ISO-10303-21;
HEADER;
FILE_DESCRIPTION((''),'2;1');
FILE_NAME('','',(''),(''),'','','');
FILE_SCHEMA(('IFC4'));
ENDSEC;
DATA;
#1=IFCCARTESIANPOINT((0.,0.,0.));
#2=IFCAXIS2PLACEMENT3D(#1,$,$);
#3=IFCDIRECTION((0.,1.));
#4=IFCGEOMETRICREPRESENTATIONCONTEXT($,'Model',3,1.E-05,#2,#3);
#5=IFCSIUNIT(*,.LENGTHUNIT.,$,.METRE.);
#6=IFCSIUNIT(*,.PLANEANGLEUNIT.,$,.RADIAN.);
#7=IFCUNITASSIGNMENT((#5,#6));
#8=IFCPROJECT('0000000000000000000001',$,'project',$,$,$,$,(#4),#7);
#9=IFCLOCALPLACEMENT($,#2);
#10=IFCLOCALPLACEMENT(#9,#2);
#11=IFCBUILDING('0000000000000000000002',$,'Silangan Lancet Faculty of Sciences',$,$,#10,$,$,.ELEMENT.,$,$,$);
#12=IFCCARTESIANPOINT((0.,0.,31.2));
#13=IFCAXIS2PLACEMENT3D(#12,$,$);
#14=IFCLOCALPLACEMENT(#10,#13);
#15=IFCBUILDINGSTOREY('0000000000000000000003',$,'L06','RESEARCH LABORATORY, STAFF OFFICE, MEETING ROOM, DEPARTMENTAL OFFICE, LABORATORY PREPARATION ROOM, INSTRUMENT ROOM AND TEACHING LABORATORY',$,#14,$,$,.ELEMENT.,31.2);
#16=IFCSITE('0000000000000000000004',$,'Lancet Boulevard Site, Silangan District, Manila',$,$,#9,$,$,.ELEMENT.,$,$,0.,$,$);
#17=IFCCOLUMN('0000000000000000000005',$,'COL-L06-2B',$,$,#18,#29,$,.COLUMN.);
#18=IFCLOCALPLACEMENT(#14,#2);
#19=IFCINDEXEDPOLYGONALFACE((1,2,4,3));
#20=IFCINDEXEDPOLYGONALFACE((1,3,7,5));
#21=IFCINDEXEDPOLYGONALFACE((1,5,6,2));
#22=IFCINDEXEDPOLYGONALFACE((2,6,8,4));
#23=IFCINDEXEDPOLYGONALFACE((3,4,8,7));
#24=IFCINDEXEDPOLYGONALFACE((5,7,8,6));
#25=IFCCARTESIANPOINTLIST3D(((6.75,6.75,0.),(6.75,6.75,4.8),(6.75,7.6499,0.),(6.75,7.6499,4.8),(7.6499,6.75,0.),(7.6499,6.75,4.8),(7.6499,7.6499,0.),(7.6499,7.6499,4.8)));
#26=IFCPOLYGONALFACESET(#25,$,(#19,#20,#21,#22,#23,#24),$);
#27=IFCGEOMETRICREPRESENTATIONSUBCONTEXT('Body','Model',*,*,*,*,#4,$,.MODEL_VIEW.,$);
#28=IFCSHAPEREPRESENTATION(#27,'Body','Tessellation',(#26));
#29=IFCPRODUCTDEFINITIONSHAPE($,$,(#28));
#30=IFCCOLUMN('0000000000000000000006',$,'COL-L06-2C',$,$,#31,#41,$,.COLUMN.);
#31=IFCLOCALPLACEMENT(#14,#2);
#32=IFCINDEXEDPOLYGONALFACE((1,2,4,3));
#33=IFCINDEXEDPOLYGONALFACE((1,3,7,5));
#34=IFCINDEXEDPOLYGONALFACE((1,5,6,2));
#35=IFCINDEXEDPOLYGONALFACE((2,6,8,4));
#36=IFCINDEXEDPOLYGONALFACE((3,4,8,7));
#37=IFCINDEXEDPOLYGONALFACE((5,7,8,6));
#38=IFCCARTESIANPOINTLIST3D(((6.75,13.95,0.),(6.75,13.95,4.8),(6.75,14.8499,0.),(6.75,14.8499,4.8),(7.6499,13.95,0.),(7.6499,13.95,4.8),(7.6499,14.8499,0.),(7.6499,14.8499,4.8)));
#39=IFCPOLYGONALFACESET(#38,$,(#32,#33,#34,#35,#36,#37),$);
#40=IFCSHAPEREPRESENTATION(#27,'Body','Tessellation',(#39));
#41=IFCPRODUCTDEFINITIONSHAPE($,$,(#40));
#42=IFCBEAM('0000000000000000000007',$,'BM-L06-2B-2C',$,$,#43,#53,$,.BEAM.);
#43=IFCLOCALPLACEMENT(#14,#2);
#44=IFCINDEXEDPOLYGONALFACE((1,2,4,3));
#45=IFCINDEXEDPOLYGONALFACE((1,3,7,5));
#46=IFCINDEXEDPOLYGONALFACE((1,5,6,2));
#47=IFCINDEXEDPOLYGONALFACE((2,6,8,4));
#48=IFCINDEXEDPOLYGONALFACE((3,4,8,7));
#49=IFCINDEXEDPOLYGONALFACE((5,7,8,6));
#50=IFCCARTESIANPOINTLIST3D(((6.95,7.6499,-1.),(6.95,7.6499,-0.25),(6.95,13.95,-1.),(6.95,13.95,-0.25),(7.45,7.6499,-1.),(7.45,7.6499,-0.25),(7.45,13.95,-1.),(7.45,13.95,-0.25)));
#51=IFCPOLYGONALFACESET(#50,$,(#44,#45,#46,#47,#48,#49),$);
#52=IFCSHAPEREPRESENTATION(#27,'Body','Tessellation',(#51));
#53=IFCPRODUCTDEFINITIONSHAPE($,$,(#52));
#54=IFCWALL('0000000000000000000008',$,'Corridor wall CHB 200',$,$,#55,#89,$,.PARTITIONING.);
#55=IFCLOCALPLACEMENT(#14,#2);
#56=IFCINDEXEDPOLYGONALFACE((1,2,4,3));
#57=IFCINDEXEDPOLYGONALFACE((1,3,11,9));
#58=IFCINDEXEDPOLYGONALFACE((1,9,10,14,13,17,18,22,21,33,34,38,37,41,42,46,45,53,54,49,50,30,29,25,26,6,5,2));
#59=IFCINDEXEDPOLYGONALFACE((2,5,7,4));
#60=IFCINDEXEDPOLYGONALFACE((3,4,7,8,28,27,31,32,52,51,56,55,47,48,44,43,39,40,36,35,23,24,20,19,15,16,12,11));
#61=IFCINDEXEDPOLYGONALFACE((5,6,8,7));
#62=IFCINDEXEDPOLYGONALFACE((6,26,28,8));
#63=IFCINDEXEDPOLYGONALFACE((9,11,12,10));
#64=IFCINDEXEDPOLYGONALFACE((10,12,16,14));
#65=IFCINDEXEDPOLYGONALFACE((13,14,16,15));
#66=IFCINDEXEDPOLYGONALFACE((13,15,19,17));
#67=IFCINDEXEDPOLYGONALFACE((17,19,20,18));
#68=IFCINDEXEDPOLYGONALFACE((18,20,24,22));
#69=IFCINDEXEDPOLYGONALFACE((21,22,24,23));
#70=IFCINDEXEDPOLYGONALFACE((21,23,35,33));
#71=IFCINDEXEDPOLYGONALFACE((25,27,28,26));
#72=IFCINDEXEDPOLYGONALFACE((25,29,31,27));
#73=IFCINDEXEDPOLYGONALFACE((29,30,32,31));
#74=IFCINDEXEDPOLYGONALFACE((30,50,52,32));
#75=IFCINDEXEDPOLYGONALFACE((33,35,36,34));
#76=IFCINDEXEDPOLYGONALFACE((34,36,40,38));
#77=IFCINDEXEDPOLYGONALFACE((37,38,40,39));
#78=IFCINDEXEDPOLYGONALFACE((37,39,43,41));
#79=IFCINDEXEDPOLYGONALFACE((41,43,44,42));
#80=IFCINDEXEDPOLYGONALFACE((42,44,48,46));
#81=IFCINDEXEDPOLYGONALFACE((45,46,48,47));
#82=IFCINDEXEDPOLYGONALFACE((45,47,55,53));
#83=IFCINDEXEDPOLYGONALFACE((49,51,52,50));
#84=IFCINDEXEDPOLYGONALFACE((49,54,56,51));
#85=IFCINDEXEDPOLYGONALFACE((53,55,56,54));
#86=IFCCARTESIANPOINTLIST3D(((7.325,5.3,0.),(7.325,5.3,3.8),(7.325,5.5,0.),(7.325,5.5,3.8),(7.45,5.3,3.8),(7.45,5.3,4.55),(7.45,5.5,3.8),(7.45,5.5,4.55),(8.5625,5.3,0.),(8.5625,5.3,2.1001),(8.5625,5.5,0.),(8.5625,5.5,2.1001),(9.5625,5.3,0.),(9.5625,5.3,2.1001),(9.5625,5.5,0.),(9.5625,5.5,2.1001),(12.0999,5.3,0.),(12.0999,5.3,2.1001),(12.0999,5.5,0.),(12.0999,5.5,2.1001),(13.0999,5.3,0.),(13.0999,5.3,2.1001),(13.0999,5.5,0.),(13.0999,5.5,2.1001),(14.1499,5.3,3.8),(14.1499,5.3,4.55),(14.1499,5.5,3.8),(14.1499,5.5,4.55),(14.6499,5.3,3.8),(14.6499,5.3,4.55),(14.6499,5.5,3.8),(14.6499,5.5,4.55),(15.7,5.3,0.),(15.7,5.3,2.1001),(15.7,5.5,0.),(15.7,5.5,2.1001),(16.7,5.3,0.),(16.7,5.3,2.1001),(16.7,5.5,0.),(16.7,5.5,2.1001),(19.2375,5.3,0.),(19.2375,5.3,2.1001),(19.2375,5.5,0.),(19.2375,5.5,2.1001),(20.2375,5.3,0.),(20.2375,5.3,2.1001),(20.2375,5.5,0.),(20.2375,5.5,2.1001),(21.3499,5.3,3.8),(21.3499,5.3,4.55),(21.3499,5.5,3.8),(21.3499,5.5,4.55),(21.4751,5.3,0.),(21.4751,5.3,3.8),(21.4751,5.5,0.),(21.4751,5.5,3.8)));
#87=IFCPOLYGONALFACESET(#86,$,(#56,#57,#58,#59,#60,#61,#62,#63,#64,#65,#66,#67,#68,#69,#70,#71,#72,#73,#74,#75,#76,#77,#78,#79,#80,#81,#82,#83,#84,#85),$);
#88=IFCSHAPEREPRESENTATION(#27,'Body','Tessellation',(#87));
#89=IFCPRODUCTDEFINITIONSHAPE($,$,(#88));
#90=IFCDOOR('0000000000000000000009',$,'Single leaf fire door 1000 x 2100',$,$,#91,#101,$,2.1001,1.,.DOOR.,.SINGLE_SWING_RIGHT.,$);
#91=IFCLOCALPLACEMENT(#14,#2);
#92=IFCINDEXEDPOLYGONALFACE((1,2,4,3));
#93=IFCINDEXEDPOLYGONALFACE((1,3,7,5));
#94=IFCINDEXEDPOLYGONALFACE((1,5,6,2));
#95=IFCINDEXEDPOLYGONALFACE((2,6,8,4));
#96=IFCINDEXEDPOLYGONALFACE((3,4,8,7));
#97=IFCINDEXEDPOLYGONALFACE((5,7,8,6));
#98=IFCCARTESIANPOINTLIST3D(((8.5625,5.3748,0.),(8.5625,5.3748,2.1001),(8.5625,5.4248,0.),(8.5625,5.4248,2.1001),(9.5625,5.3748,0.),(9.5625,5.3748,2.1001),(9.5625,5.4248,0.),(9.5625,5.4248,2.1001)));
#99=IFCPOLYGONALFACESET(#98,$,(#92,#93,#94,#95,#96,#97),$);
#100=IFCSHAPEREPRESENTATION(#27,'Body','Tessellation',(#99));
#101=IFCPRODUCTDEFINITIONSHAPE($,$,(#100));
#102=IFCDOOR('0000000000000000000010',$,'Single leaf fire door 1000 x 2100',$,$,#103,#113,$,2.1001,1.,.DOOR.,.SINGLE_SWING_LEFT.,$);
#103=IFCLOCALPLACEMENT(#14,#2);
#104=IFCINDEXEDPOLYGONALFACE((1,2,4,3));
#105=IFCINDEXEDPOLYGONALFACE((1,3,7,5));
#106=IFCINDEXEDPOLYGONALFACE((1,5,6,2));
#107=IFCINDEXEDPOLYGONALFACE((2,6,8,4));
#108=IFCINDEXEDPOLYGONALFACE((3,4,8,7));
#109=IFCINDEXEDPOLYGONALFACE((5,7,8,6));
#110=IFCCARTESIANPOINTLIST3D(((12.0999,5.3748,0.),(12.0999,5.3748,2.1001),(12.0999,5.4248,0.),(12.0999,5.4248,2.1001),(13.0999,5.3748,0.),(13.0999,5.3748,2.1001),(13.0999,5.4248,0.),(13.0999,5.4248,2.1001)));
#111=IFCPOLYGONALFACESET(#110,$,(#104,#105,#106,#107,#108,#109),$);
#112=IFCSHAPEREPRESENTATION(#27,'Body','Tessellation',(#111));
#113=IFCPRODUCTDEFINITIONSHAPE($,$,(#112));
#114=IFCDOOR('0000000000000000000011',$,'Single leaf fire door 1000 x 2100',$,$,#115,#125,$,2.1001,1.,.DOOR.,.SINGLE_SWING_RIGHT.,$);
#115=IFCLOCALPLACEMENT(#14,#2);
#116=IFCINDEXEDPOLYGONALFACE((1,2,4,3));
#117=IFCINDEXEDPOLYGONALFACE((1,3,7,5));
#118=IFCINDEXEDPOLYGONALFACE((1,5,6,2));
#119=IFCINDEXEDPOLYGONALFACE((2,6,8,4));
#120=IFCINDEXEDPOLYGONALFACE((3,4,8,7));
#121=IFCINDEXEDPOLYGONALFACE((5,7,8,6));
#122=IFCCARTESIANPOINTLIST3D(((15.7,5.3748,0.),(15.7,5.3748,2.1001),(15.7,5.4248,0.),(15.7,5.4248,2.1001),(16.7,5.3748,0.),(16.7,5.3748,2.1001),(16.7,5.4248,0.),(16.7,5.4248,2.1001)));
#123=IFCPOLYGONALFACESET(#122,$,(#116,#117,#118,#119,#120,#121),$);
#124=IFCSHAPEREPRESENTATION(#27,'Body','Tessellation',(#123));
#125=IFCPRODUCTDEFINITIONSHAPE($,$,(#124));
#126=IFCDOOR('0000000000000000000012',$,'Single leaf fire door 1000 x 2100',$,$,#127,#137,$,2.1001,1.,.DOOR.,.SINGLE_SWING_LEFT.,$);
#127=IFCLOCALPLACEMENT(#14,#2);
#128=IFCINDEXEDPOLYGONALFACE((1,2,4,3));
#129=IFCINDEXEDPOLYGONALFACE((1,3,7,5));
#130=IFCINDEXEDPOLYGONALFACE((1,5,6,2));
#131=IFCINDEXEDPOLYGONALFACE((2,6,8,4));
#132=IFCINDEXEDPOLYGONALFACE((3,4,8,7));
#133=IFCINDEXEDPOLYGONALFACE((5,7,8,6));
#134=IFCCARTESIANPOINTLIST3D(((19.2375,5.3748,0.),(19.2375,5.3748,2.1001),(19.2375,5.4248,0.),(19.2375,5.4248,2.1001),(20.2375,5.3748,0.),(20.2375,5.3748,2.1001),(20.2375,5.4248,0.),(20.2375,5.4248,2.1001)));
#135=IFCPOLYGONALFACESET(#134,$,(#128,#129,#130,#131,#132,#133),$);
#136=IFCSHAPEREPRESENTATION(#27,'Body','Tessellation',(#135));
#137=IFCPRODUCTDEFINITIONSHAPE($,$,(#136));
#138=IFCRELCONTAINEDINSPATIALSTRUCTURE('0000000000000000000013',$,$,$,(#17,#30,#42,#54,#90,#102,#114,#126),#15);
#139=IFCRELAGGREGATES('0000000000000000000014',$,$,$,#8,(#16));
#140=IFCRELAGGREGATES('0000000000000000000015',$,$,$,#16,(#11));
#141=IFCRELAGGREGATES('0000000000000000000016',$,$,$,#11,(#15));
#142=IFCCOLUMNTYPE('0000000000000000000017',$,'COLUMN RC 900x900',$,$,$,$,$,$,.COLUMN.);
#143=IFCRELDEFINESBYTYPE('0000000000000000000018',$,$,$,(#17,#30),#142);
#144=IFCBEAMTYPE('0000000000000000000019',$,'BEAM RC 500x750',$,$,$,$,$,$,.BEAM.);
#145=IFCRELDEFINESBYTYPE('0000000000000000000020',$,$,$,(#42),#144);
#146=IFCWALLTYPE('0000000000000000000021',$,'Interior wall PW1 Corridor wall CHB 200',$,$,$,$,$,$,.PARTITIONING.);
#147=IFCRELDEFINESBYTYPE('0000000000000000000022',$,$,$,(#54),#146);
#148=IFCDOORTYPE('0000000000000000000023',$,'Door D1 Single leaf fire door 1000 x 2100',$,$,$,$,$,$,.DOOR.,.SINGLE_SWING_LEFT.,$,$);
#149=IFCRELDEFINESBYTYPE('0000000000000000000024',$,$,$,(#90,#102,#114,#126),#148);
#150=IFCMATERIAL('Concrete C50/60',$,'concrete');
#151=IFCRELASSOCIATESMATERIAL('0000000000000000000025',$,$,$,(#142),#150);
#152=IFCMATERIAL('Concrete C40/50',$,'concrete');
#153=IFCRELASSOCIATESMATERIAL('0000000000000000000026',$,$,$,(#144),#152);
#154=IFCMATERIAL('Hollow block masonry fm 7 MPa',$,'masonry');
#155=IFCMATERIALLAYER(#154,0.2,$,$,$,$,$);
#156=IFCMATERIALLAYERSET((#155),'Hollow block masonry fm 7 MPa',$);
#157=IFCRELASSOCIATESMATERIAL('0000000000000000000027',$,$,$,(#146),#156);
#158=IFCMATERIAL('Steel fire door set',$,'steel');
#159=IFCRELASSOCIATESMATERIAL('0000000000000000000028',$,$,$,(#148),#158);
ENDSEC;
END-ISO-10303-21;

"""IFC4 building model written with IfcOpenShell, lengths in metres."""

from ifc_helpers import new_model, si_unit, direction, frame, frame_2d, origin, origin_2d, place, context, subcontext, project, spatial, polyline, rectangle, outline, extrude, material, layer, layer_set, material_profile, profile_set, type_object, element, fill, save


model = new_model("IFC4")

# Units and contexts
model_context = context("Model", 3, precision=1e-05, world=origin(), true_north=direction((0.0, 1.0)))
body_context = subcontext(model_context, "Body", "Model", "MODEL_VIEW")
ifc_project = project(units=[si_unit("LENGTHUNIT", "METRE"), si_unit("PLANEANGLEUNIT", "RADIAN")], contexts=[model_context])

# Site, building, storey
site_placement = place(None, origin())
site = spatial("IfcSite", under=ifc_project, at=site_placement, Name="Lancet Boulevard Site, Silangan District, Manila", CompositionType="ELEMENT", RefElevation=0.0)
building_placement = place(site_placement, origin())
building = spatial("IfcBuilding", under=site, at=building_placement, Name="Silangan Lancet Faculty of Sciences", CompositionType="ELEMENT")
storey_placement = place(building_placement, frame((0.0, 0.0, 31.2)))
storey = spatial("IfcBuildingStorey", under=building, at=storey_placement, Name="L06", Description="RESEARCH LABORATORY, STAFF OFFICE, MEETING ROOM, DEPARTMENTAL OFFICE, LABORATORY PREPARATION ROOM, INSTRUMENT ROOM AND TEACHING LABORATORY", CompositionType="ELEMENT", Elevation=31.2)

# Columns
ifc_material_1 = material(Name="Concrete C50/60", Category="concrete")
ifc_material_profile_1 = material_profile(ifc_material_1, rectangle(XDim=0.8999, YDim=0.8999, at=origin_2d()), Name="RC 900x900")
ifc_profile_set_1 = profile_set([ifc_material_profile_1], Name="Concrete C50/60")
column_type = type_object("IfcColumnType", Name="COLUMN RC 900x900", PredefinedType="COLUMN", material=ifc_profile_set_1)
for number, where, z_axis, x_axis, name in (
    (1, (7.2, 7.2, 0.0), (0.0, 0.0, 1.0), (1.0, 0.0, 0.0), "COL-L06-2B"),
    (2, (7.2, 14.3999, 0.0), (0.0, 0.0, 1.0), (1.0, 0.0, 0.0), "COL-L06-2C"),
):
    element("IfcColumn", number, at=place(storey_placement, frame(where, z_axis=z_axis, x_axis=x_axis)), inside=storey, type_object=column_type, Name=name, PredefinedType="COLUMN", context=body_context, shape_type="SweptSolid", body=[
        extrude(rectangle(XDim=0.8999, YDim=0.8999, at=origin_2d()), origin(), (0.0, 0.0, 1.0), 4.8),
    ])

# Beam
ifc_material_2 = material(Name="Concrete C40/50", Category="concrete")
ifc_material_profile_2 = material_profile(ifc_material_2, rectangle(XDim=0.5, YDim=0.75, at=origin_2d()), Name="RC 500x750")
ifc_profile_set_2 = profile_set([ifc_material_profile_2], Name="Concrete C40/50")
beam_type = type_object("IfcBeamType", Name="BEAM RC 500x750", PredefinedType="BEAM", material=ifc_profile_set_2)
beam_placement = place(storey_placement, frame((7.2, 7.6499, -0.625), z_axis=(0.0, 1.0, 0.0), x_axis=(-1.0, 0.0, 0.0)))
element("IfcBeam", 3, at=beam_placement, inside=storey, type_object=beam_type, Name="BM-L06-2B-2C", PredefinedType="BEAM", context=body_context, shape_type="SweptSolid", body=[
    extrude(rectangle(XDim=0.5, YDim=0.75, at=origin_2d()), origin(), (0.0, 0.0, 1.0), 6.3),
])

# Wall, openings, doors
ifc_material_3 = material(Name="Hollow block masonry fm 7 MPa", Category="masonry")
ifc_layer_1 = layer(ifc_material_3, 0.2)
ifc_layer_set_1 = layer_set([ifc_layer_1], Name="Hollow block masonry fm 7 MPa")
wall_type_1 = type_object("IfcWallType", Name="Interior wall PW1 Corridor wall CHB 200", PredefinedType="PARTITIONING", material=ifc_layer_set_1)
wall_1_placement = place(storey_placement, frame((7.325, 5.3999, 0.0), z_axis=(0.0, 0.0, 1.0), x_axis=(1.0, 0.0, 0.0)))
wall_1 = element("IfcWall", 4, at=wall_1_placement, inside=storey, type_object=wall_type_1, Name="Corridor wall CHB 200", PredefinedType="PARTITIONING", context=body_context, shape_type="SweptSolid", body=[
    extrude(outline(polyline([(0.0, 0.0), (14.1501, 0.0), (14.1501, 3.8), (14.0249, 3.8), (14.0249, 4.55), (7.325, 4.55), (7.325, 3.8), (6.825, 3.8), (6.825, 4.55), (0.125, 4.55), (0.125, 3.8), (0.0, 3.8), (0.0, 0.0)])), frame((0.0, 0.1001, 0.0), z_axis=(0.0, -1.0, 0.0), x_axis=(1.0, 0.0, 0.0)), (0.0, 0.0, 1.0), 0.2),
])
opening_1_placement = place(wall_1_placement, frame((1.2375, 0.0, 0.0)))
opening_1 = element("IfcOpeningElement", 5, at=opening_1_placement, cuts=wall_1, PredefinedType="OPENING", context=body_context, shape_type="SweptSolid", body=[
    extrude(rectangle(XDim=1.0, YDim=2.1001, at=frame_2d((0.5, 1.05))), frame((0.0, 0.1099, 0.0), z_axis=(0.0, -1.0, 0.0), x_axis=(1.0, 0.0, 0.0)), (0.0, 0.0, 1.0), 0.22),
])
opening_2_placement = place(wall_1_placement, frame((4.7749, 0.0, 0.0)))
opening_2 = element("IfcOpeningElement", 6, at=opening_2_placement, cuts=wall_1, PredefinedType="OPENING", context=body_context, shape_type="SweptSolid", body=[
    extrude(rectangle(XDim=1.0, YDim=2.1001, at=frame_2d((0.5, 1.05))), frame((0.0, 0.1099, 0.0), z_axis=(0.0, -1.0, 0.0), x_axis=(1.0, 0.0, 0.0)), (0.0, 0.0, 1.0), 0.22),
])
opening_3_placement = place(wall_1_placement, frame((8.375, 0.0, 0.0)))
opening_3 = element("IfcOpeningElement", 7, at=opening_3_placement, cuts=wall_1, PredefinedType="OPENING", context=body_context, shape_type="SweptSolid", body=[
    extrude(rectangle(XDim=1.0, YDim=2.1001, at=frame_2d((0.5, 1.05))), frame((0.0, 0.1099, 0.0), z_axis=(0.0, -1.0, 0.0), x_axis=(1.0, 0.0, 0.0)), (0.0, 0.0, 1.0), 0.22),
])
opening_4_placement = place(wall_1_placement, frame((11.9126, 0.0, 0.0)))
opening_4 = element("IfcOpeningElement", 8, at=opening_4_placement, cuts=wall_1, PredefinedType="OPENING", context=body_context, shape_type="SweptSolid", body=[
    extrude(rectangle(XDim=1.0, YDim=2.1001, at=frame_2d((0.5, 1.05))), frame((0.0, 0.1099, 0.0), z_axis=(0.0, -1.0, 0.0), x_axis=(1.0, 0.0, 0.0)), (0.0, 0.0, 1.0), 0.22),
])
ifc_material_4 = material(Name="Steel fire door set", Category="steel")
door_type_1 = type_object("IfcDoorType", Name="Door D1 Single leaf fire door 1000 x 2100", OperationType="SINGLE_SWING_LEFT", PredefinedType="DOOR", material=ifc_material_4)
door_1_placement = place(opening_1_placement, frame((1.0, 0.0, 0.0), z_axis=(0.0, 0.0, 1.0), x_axis=(-1.0, 0.0, 0.0)))
door_1 = element("IfcDoor", 9, at=door_1_placement, inside=storey, type_object=door_type_1, Name="Single leaf fire door 1000 x 2100", OperationType="SINGLE_SWING_RIGHT", OverallHeight=2.1001, OverallWidth=1.0, PredefinedType="DOOR", context=body_context, shape_type="SweptSolid", body=[
    extrude(rectangle(XDim=1.0, YDim=2.1001, at=frame_2d((0.5, 1.05))), frame((0.0, 0.0251, 0.0), z_axis=(0.0, -1.0, 0.0), x_axis=(1.0, 0.0, 0.0)), (0.0, 0.0, 1.0), 0.05),
])
fill(opening_1, door_1)
door_2_placement = place(opening_2_placement, frame((1.0, 0.0, 0.0), z_axis=(0.0, 0.0, 1.0), x_axis=(-1.0, 0.0, 0.0)))
door_2 = element("IfcDoor", 10, at=door_2_placement, inside=storey, type_object=door_type_1, Name="Single leaf fire door 1000 x 2100", OperationType="SINGLE_SWING_LEFT", OverallHeight=2.1001, OverallWidth=1.0, PredefinedType="DOOR", context=body_context, shape_type="SweptSolid", body=[
    extrude(rectangle(XDim=1.0, YDim=2.1001, at=frame_2d((0.5, 1.05))), frame((0.0, 0.0251, 0.0), z_axis=(0.0, -1.0, 0.0), x_axis=(1.0, 0.0, 0.0)), (0.0, 0.0, 1.0), 0.05),
])
fill(opening_2, door_2)
door_3_placement = place(opening_3_placement, frame((1.0, 0.0, 0.0), z_axis=(0.0, 0.0, 1.0), x_axis=(-1.0, 0.0, 0.0)))
door_3 = element("IfcDoor", 11, at=door_3_placement, inside=storey, type_object=door_type_1, Name="Single leaf fire door 1000 x 2100", OperationType="SINGLE_SWING_RIGHT", OverallHeight=2.1001, OverallWidth=1.0, PredefinedType="DOOR", context=body_context, shape_type="SweptSolid", body=[
    extrude(rectangle(XDim=1.0, YDim=2.1001, at=frame_2d((0.5, 1.05))), frame((0.0, 0.0251, 0.0), z_axis=(0.0, -1.0, 0.0), x_axis=(1.0, 0.0, 0.0)), (0.0, 0.0, 1.0), 0.05),
])
fill(opening_3, door_3)
door_4_placement = place(opening_4_placement, frame((1.0, 0.0, 0.0), z_axis=(0.0, 0.0, 1.0), x_axis=(-1.0, 0.0, 0.0)))
door_4 = element("IfcDoor", 12, at=door_4_placement, inside=storey, type_object=door_type_1, Name="Single leaf fire door 1000 x 2100", OperationType="SINGLE_SWING_LEFT", OverallHeight=2.1001, OverallWidth=1.0, PredefinedType="DOOR", context=body_context, shape_type="SweptSolid", body=[
    extrude(rectangle(XDim=1.0, YDim=2.1001, at=frame_2d((0.5, 1.05))), frame((0.0, 0.0251, 0.0), z_axis=(0.0, -1.0, 0.0), x_axis=(1.0, 0.0, 0.0)), (0.0, 0.0, 1.0), 0.05),
])
fill(opening_4, door_4)

save(model, "model.ifc")
